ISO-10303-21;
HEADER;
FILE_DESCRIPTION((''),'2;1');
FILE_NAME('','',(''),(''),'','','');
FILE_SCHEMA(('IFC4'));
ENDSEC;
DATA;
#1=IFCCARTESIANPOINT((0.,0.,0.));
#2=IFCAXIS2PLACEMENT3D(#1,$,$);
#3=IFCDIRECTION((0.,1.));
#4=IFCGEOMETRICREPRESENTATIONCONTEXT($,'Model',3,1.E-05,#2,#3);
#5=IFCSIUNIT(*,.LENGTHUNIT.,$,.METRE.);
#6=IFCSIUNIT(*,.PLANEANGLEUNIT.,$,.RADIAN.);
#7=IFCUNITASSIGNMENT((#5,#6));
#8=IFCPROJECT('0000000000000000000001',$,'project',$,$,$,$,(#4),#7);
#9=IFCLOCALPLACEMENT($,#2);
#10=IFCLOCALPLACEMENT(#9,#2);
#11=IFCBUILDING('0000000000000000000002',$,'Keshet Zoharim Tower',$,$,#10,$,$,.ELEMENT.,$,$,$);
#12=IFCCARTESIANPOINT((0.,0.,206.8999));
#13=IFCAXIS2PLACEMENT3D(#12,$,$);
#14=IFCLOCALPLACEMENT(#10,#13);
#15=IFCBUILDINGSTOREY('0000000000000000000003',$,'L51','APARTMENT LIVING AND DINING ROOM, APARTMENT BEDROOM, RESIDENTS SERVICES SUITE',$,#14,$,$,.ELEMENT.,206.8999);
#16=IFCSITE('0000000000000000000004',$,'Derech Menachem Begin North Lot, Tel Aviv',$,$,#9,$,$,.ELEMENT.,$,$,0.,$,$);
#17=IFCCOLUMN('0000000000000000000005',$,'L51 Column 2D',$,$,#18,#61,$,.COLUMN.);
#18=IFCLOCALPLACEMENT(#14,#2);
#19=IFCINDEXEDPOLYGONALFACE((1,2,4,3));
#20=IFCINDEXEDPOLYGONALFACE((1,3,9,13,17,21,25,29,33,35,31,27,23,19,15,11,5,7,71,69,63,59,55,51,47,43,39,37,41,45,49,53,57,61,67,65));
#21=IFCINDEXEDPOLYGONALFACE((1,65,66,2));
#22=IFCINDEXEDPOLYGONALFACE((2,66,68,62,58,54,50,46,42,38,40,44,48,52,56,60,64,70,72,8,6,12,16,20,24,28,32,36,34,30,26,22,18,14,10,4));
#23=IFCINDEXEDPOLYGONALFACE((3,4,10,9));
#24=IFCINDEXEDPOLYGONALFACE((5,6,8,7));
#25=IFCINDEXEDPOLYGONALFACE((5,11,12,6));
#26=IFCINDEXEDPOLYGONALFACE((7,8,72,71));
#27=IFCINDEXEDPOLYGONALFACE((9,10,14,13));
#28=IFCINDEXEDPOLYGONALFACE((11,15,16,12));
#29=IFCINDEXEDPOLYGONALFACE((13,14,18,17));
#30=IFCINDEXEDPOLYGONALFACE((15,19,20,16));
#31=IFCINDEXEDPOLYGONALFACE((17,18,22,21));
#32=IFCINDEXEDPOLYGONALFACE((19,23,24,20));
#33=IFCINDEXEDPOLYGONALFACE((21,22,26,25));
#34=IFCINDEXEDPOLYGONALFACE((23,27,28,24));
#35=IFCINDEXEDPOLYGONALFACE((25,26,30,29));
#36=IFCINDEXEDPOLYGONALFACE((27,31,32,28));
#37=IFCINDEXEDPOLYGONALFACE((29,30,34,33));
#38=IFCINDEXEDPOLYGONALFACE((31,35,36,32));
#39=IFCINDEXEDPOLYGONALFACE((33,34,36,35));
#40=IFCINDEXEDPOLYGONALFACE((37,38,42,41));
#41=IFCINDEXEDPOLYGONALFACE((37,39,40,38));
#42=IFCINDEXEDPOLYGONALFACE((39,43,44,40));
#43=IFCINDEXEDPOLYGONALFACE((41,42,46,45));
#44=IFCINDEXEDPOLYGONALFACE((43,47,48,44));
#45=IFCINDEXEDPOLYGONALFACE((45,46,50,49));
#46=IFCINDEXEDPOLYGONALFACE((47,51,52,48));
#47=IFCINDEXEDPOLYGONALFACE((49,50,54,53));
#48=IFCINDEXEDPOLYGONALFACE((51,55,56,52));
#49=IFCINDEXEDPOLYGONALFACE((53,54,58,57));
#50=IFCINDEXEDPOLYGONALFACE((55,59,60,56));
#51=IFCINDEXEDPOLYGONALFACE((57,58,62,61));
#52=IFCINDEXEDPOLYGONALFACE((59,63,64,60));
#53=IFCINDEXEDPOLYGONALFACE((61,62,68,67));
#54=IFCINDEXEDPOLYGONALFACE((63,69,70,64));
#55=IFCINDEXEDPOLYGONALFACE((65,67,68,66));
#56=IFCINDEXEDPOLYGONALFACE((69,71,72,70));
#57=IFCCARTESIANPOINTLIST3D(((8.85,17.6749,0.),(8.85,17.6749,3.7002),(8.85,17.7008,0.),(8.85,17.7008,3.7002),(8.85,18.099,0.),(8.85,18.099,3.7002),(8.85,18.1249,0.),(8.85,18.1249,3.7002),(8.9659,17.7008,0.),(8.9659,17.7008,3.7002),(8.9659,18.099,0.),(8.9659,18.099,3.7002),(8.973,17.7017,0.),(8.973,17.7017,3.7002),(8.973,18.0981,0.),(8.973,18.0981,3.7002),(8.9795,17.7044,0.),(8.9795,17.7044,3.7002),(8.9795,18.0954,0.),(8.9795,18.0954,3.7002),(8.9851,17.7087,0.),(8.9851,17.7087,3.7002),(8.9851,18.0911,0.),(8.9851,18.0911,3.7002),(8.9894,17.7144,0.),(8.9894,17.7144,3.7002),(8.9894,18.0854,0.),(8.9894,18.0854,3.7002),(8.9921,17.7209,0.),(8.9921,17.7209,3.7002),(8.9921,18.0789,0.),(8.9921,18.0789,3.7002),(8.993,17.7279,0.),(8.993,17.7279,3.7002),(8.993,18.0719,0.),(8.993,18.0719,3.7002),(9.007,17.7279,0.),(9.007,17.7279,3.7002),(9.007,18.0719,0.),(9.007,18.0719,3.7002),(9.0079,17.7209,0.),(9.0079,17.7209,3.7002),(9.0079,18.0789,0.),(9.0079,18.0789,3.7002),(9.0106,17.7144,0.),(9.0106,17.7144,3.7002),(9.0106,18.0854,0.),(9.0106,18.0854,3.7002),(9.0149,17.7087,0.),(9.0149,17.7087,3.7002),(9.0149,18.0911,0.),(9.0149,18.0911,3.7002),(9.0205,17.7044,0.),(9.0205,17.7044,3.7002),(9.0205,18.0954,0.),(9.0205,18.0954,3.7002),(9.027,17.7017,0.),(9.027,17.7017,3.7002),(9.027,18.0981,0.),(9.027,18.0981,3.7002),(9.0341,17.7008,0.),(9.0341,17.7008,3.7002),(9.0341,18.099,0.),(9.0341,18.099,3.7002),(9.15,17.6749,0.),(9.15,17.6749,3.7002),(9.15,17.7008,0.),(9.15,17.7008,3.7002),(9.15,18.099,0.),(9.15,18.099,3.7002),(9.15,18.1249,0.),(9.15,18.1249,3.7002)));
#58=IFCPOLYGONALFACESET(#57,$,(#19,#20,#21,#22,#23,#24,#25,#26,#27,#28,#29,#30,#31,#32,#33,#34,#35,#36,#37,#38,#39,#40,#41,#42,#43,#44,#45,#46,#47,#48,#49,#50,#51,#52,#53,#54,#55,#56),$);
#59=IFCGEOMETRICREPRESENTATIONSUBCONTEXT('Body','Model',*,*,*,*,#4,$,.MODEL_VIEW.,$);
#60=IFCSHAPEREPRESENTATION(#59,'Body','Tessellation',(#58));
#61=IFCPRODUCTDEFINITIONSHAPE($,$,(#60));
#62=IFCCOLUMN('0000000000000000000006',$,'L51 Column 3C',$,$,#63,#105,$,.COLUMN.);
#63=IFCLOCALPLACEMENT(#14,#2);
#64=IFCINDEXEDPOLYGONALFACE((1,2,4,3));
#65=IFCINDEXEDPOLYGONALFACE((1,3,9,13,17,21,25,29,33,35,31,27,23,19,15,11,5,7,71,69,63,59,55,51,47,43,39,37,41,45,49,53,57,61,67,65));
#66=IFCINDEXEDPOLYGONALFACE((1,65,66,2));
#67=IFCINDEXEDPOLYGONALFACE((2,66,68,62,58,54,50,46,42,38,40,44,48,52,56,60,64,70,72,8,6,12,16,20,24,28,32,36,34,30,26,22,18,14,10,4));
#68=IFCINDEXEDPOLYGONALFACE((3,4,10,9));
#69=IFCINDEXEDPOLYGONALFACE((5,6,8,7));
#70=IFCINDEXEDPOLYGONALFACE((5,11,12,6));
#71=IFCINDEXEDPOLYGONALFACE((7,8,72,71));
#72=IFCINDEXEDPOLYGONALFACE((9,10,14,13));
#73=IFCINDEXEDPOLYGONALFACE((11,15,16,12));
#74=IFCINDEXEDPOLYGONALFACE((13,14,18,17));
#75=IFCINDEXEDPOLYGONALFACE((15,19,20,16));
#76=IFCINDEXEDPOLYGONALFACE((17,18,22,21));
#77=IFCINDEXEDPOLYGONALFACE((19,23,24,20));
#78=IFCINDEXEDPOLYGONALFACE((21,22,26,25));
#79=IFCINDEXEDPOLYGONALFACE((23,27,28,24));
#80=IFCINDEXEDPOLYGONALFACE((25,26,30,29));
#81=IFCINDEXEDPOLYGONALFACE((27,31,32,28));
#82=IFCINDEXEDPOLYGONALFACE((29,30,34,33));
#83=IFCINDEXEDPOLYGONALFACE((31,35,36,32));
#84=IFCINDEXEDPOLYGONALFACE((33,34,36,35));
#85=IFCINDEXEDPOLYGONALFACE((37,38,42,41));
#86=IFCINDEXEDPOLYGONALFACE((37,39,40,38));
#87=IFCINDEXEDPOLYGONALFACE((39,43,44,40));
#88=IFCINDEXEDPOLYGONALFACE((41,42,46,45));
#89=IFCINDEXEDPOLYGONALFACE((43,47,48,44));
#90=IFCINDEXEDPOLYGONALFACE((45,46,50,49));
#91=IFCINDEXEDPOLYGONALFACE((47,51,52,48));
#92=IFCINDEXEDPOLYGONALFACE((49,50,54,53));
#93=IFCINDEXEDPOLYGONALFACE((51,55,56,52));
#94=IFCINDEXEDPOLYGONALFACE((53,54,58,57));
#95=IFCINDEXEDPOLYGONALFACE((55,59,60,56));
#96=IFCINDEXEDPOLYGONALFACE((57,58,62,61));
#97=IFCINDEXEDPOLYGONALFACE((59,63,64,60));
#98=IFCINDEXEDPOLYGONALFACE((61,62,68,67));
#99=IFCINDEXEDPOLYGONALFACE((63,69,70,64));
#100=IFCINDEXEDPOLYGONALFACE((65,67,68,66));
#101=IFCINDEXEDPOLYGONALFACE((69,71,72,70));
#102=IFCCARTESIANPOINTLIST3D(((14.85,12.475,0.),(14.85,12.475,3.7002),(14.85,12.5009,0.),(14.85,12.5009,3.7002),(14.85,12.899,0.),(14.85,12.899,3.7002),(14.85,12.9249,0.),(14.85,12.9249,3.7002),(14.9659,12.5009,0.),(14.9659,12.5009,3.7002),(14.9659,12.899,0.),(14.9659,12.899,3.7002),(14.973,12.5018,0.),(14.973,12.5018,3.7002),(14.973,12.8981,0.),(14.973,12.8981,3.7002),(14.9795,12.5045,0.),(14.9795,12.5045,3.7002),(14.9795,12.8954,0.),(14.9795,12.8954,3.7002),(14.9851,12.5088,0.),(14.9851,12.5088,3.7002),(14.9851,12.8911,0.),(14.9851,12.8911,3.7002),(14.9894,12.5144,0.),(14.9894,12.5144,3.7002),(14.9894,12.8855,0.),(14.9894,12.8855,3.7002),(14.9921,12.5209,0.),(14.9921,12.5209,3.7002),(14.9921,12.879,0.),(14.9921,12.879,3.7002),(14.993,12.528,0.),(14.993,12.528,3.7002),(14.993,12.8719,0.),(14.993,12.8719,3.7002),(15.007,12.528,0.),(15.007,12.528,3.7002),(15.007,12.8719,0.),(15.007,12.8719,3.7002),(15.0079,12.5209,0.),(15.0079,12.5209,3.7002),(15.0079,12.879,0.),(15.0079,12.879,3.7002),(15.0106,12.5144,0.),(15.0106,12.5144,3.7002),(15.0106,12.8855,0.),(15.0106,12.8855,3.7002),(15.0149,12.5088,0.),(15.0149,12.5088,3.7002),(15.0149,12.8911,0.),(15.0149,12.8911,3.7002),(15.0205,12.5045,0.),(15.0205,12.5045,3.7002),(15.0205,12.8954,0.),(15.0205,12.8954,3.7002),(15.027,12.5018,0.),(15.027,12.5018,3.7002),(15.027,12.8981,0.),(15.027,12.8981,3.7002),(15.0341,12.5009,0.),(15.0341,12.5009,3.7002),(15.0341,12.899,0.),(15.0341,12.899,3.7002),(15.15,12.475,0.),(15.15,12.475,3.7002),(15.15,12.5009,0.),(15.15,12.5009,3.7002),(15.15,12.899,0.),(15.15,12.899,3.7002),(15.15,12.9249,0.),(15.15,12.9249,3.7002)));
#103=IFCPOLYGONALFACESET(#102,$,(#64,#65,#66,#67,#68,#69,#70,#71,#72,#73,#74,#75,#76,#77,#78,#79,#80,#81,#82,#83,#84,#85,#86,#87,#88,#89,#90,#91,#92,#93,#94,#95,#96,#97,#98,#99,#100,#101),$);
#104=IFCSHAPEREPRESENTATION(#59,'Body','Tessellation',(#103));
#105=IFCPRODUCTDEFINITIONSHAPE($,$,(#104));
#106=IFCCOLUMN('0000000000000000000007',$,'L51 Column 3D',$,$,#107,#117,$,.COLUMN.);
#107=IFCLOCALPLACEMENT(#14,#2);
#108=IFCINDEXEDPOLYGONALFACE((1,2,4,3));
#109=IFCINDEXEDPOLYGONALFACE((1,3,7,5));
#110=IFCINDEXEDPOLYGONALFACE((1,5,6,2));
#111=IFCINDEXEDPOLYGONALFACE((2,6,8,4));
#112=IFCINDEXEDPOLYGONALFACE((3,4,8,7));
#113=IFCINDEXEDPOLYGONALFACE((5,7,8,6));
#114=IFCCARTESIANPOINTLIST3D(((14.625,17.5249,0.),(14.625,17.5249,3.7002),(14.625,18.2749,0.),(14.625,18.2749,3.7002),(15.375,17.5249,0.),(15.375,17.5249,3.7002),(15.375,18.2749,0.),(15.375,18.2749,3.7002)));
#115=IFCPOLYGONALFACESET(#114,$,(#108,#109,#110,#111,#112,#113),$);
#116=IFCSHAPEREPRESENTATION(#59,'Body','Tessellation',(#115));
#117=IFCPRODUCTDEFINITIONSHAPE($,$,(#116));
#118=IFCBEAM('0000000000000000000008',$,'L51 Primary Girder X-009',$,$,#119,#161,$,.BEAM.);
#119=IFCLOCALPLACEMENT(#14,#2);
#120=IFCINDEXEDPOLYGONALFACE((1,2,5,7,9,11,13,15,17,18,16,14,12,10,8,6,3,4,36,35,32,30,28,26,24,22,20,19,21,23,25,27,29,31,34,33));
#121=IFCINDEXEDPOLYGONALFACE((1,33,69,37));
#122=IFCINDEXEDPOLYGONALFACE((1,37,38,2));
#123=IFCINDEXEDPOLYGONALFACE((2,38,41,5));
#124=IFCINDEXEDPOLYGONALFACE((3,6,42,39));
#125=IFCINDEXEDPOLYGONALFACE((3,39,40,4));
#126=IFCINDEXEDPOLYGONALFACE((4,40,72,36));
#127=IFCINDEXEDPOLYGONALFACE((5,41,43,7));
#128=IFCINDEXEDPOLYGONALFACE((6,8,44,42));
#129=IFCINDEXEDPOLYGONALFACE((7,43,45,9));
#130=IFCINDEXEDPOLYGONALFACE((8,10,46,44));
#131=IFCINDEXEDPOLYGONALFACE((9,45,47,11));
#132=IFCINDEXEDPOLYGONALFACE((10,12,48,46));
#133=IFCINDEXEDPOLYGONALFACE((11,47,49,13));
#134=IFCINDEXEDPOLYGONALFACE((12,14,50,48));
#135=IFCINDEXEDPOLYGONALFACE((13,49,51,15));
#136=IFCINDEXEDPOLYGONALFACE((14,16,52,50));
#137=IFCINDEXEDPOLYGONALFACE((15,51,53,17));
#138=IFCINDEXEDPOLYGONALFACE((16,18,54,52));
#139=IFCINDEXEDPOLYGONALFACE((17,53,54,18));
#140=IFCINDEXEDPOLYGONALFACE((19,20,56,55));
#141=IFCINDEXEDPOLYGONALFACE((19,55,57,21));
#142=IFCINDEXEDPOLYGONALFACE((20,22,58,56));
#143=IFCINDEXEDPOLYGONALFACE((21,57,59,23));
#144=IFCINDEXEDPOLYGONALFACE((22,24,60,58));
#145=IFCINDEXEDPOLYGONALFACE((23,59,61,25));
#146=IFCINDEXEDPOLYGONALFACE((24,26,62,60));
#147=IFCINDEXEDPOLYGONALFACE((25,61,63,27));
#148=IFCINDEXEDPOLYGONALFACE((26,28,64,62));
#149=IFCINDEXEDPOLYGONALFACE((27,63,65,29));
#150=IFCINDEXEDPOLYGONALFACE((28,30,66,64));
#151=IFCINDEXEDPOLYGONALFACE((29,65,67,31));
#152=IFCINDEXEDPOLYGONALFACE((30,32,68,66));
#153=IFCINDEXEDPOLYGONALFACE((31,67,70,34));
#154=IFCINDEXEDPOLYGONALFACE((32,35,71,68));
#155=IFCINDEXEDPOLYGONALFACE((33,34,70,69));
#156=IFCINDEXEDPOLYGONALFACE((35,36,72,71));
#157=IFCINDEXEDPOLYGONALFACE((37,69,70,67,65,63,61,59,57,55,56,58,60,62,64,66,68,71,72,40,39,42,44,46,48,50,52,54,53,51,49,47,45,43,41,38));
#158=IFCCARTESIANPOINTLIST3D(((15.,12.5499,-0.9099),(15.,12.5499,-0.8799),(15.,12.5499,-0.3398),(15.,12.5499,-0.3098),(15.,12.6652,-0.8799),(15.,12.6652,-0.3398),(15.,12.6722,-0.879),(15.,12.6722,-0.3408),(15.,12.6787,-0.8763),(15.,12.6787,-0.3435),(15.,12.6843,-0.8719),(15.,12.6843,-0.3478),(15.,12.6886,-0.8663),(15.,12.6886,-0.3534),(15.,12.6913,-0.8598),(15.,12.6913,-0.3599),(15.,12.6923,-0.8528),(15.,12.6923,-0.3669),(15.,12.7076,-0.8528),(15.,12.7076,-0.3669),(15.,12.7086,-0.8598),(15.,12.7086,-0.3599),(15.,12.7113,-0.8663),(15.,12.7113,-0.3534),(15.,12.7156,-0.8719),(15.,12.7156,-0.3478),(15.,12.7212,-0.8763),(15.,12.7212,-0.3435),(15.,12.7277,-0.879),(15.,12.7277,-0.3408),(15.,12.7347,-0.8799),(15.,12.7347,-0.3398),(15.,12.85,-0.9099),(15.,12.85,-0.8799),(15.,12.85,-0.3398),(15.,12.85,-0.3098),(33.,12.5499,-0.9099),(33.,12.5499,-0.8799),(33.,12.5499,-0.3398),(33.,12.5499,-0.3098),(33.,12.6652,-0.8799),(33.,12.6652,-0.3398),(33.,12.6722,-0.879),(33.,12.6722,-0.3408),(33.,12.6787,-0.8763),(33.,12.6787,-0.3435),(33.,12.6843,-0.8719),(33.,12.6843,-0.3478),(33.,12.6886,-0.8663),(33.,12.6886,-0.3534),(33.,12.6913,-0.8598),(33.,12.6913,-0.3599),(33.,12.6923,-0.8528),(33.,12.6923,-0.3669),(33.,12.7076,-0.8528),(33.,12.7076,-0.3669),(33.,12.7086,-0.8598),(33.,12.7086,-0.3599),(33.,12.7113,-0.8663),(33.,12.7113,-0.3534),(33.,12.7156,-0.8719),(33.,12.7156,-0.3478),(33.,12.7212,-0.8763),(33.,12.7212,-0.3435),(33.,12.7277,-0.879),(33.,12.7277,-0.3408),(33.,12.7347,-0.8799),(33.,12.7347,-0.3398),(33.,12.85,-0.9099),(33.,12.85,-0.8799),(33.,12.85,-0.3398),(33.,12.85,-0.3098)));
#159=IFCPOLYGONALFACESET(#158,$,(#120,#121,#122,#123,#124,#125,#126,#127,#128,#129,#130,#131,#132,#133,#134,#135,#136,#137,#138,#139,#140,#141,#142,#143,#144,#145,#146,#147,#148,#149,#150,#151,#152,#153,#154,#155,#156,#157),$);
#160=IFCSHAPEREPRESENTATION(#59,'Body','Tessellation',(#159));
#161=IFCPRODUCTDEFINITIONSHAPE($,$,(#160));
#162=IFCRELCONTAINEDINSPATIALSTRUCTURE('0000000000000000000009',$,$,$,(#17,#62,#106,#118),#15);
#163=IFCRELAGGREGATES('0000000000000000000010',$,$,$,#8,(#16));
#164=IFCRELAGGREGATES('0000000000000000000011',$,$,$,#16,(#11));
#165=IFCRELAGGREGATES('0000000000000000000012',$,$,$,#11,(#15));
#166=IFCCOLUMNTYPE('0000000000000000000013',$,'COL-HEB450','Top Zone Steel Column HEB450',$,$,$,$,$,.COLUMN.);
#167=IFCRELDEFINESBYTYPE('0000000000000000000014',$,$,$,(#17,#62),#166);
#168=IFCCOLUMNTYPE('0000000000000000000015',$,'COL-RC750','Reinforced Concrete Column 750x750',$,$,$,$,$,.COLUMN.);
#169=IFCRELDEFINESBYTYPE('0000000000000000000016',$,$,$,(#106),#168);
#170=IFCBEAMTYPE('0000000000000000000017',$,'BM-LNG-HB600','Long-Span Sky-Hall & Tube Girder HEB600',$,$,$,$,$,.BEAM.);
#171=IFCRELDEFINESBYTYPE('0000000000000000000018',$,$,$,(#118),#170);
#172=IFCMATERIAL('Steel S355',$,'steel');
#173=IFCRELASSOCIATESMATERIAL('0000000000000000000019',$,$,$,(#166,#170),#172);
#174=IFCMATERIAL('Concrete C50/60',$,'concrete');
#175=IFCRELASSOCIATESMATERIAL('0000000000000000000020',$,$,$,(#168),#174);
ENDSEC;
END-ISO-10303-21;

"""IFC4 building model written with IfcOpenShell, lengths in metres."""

from ifc_helpers import new_model, si_unit, direction, frame, origin, origin_2d, place, context, subcontext, project, spatial, rectangle, i_section, extrude, material, material_profile, profile_set, type_object, element, save


model = new_model("IFC4")

# Units and contexts
model_context = context("Model", 3, precision=1e-05, world=origin(), true_north=direction((0.0, 1.0)))
body_context = subcontext(model_context, "Body", "Model", "MODEL_VIEW")
ifc_project = project(units=[si_unit("LENGTHUNIT", "METRE"), si_unit("PLANEANGLEUNIT", "RADIAN")], contexts=[model_context])

# Site, building, storey
site_placement = place(None, origin())
site = spatial("IfcSite", under=ifc_project, at=site_placement, Name="Derech Menachem Begin North Lot, Tel Aviv", CompositionType="ELEMENT", RefElevation=0.0)
building_placement = place(site_placement, origin())
building = spatial("IfcBuilding", under=site, at=building_placement, Name="Keshet Zoharim Tower", CompositionType="ELEMENT")
storey_placement = place(building_placement, frame((0.0, 0.0, 206.8999)))
storey = spatial("IfcBuildingStorey", under=building, at=storey_placement, Name="L51", Description="APARTMENT LIVING AND DINING ROOM, APARTMENT BEDROOM, RESIDENTS SERVICES SUITE", CompositionType="ELEMENT", Elevation=206.8999)

# Columns
ifc_material_1 = material(Name="Steel S355", Category="steel")
ifc_material_profile_1 = material_profile(ifc_material_1, i_section(OverallWidth=0.3, OverallDepth=0.45, WebThickness=0.0139, FlangeThickness=0.0259, FilletRadius=0.0271, at=origin_2d()), Name="HEB450")
ifc_profile_set_1 = profile_set([ifc_material_profile_1], Name="Steel S355")
column_type_1 = type_object("IfcColumnType", Name="COL-HEB450", Description="Top Zone Steel Column HEB450", PredefinedType="COLUMN", material=ifc_profile_set_1)
for number, where, z_axis, x_axis, name in (
    (1, (9.0, 17.8999, 0.0), (0.0, 0.0, 1.0), (1.0, 0.0, 0.0), "L51 Column 2D"),
    (2, (15.0, 12.7, 0.0), (0.0, 0.0, 1.0), (1.0, 0.0, 0.0), "L51 Column 3C"),
):
    element("IfcColumn", number, at=place(storey_placement, frame(where, z_axis=z_axis, x_axis=x_axis)), inside=storey, type_object=column_type_1, Name=name, PredefinedType="COLUMN", context=body_context, shape_type="SweptSolid", body=[
        extrude(i_section(OverallWidth=0.3, OverallDepth=0.45, WebThickness=0.0139, FlangeThickness=0.0259, FilletRadius=0.0271, at=origin_2d()), origin(), (0.0, 0.0, 1.0), 3.7002),
    ])
ifc_material_2 = material(Name="Concrete C50/60", Category="concrete")
ifc_material_profile_2 = material_profile(ifc_material_2, rectangle(XDim=0.75, YDim=0.75, at=origin_2d()), Name="RC750x750")
ifc_profile_set_2 = profile_set([ifc_material_profile_2], Name="Concrete C50/60")
column_type_2 = type_object("IfcColumnType", Name="COL-RC750", Description="Reinforced Concrete Column 750x750", PredefinedType="COLUMN", material=ifc_profile_set_2)
column_placement = place(storey_placement, frame((15.0, 17.8999, 0.0), z_axis=(0.0, 0.0, 1.0), x_axis=(1.0, 0.0, 0.0)))
element("IfcColumn", 3, at=column_placement, inside=storey, type_object=column_type_2, Name="L51 Column 3D", PredefinedType="COLUMN", context=body_context, shape_type="SweptSolid", body=[
    extrude(rectangle(XDim=0.75, YDim=0.75, at=origin_2d()), origin(), (0.0, 0.0, 1.0), 3.7002),
])

# Beam
ifc_material_profile_3 = material_profile(ifc_material_1, i_section(OverallWidth=0.3, OverallDepth=0.6001, WebThickness=0.0154, FlangeThickness=0.03, FilletRadius=0.0271, at=origin_2d()), Name="HEB600")
ifc_profile_set_3 = profile_set([ifc_material_profile_3], Name="Steel S355")
beam_type_1 = type_object("IfcBeamType", Name="BM-LNG-HB600", Description="Long-Span Sky-Hall & Tube Girder HEB600", PredefinedType="BEAM", material=ifc_profile_set_3)
for number, where, z_axis, x_axis, name in (
    (4, (15.0, 12.7, -0.6099), (1.0, 0.0, 0.0), (0.0, 1.0, 0.0), "L51 Primary Girder X-009"),
):
    element("IfcBeam", number, at=place(storey_placement, frame(where, z_axis=z_axis, x_axis=x_axis)), inside=storey, type_object=beam_type_1, Name=name, PredefinedType="BEAM", context=body_context, shape_type="SweptSolid", body=[
        extrude(i_section(OverallWidth=0.3, OverallDepth=0.6001, WebThickness=0.0154, FlangeThickness=0.03, FilletRadius=0.0271, at=origin_2d()), origin(), (0.0, 0.0, 1.0), 18.0),
    ])

save(model, "model.ifc")
